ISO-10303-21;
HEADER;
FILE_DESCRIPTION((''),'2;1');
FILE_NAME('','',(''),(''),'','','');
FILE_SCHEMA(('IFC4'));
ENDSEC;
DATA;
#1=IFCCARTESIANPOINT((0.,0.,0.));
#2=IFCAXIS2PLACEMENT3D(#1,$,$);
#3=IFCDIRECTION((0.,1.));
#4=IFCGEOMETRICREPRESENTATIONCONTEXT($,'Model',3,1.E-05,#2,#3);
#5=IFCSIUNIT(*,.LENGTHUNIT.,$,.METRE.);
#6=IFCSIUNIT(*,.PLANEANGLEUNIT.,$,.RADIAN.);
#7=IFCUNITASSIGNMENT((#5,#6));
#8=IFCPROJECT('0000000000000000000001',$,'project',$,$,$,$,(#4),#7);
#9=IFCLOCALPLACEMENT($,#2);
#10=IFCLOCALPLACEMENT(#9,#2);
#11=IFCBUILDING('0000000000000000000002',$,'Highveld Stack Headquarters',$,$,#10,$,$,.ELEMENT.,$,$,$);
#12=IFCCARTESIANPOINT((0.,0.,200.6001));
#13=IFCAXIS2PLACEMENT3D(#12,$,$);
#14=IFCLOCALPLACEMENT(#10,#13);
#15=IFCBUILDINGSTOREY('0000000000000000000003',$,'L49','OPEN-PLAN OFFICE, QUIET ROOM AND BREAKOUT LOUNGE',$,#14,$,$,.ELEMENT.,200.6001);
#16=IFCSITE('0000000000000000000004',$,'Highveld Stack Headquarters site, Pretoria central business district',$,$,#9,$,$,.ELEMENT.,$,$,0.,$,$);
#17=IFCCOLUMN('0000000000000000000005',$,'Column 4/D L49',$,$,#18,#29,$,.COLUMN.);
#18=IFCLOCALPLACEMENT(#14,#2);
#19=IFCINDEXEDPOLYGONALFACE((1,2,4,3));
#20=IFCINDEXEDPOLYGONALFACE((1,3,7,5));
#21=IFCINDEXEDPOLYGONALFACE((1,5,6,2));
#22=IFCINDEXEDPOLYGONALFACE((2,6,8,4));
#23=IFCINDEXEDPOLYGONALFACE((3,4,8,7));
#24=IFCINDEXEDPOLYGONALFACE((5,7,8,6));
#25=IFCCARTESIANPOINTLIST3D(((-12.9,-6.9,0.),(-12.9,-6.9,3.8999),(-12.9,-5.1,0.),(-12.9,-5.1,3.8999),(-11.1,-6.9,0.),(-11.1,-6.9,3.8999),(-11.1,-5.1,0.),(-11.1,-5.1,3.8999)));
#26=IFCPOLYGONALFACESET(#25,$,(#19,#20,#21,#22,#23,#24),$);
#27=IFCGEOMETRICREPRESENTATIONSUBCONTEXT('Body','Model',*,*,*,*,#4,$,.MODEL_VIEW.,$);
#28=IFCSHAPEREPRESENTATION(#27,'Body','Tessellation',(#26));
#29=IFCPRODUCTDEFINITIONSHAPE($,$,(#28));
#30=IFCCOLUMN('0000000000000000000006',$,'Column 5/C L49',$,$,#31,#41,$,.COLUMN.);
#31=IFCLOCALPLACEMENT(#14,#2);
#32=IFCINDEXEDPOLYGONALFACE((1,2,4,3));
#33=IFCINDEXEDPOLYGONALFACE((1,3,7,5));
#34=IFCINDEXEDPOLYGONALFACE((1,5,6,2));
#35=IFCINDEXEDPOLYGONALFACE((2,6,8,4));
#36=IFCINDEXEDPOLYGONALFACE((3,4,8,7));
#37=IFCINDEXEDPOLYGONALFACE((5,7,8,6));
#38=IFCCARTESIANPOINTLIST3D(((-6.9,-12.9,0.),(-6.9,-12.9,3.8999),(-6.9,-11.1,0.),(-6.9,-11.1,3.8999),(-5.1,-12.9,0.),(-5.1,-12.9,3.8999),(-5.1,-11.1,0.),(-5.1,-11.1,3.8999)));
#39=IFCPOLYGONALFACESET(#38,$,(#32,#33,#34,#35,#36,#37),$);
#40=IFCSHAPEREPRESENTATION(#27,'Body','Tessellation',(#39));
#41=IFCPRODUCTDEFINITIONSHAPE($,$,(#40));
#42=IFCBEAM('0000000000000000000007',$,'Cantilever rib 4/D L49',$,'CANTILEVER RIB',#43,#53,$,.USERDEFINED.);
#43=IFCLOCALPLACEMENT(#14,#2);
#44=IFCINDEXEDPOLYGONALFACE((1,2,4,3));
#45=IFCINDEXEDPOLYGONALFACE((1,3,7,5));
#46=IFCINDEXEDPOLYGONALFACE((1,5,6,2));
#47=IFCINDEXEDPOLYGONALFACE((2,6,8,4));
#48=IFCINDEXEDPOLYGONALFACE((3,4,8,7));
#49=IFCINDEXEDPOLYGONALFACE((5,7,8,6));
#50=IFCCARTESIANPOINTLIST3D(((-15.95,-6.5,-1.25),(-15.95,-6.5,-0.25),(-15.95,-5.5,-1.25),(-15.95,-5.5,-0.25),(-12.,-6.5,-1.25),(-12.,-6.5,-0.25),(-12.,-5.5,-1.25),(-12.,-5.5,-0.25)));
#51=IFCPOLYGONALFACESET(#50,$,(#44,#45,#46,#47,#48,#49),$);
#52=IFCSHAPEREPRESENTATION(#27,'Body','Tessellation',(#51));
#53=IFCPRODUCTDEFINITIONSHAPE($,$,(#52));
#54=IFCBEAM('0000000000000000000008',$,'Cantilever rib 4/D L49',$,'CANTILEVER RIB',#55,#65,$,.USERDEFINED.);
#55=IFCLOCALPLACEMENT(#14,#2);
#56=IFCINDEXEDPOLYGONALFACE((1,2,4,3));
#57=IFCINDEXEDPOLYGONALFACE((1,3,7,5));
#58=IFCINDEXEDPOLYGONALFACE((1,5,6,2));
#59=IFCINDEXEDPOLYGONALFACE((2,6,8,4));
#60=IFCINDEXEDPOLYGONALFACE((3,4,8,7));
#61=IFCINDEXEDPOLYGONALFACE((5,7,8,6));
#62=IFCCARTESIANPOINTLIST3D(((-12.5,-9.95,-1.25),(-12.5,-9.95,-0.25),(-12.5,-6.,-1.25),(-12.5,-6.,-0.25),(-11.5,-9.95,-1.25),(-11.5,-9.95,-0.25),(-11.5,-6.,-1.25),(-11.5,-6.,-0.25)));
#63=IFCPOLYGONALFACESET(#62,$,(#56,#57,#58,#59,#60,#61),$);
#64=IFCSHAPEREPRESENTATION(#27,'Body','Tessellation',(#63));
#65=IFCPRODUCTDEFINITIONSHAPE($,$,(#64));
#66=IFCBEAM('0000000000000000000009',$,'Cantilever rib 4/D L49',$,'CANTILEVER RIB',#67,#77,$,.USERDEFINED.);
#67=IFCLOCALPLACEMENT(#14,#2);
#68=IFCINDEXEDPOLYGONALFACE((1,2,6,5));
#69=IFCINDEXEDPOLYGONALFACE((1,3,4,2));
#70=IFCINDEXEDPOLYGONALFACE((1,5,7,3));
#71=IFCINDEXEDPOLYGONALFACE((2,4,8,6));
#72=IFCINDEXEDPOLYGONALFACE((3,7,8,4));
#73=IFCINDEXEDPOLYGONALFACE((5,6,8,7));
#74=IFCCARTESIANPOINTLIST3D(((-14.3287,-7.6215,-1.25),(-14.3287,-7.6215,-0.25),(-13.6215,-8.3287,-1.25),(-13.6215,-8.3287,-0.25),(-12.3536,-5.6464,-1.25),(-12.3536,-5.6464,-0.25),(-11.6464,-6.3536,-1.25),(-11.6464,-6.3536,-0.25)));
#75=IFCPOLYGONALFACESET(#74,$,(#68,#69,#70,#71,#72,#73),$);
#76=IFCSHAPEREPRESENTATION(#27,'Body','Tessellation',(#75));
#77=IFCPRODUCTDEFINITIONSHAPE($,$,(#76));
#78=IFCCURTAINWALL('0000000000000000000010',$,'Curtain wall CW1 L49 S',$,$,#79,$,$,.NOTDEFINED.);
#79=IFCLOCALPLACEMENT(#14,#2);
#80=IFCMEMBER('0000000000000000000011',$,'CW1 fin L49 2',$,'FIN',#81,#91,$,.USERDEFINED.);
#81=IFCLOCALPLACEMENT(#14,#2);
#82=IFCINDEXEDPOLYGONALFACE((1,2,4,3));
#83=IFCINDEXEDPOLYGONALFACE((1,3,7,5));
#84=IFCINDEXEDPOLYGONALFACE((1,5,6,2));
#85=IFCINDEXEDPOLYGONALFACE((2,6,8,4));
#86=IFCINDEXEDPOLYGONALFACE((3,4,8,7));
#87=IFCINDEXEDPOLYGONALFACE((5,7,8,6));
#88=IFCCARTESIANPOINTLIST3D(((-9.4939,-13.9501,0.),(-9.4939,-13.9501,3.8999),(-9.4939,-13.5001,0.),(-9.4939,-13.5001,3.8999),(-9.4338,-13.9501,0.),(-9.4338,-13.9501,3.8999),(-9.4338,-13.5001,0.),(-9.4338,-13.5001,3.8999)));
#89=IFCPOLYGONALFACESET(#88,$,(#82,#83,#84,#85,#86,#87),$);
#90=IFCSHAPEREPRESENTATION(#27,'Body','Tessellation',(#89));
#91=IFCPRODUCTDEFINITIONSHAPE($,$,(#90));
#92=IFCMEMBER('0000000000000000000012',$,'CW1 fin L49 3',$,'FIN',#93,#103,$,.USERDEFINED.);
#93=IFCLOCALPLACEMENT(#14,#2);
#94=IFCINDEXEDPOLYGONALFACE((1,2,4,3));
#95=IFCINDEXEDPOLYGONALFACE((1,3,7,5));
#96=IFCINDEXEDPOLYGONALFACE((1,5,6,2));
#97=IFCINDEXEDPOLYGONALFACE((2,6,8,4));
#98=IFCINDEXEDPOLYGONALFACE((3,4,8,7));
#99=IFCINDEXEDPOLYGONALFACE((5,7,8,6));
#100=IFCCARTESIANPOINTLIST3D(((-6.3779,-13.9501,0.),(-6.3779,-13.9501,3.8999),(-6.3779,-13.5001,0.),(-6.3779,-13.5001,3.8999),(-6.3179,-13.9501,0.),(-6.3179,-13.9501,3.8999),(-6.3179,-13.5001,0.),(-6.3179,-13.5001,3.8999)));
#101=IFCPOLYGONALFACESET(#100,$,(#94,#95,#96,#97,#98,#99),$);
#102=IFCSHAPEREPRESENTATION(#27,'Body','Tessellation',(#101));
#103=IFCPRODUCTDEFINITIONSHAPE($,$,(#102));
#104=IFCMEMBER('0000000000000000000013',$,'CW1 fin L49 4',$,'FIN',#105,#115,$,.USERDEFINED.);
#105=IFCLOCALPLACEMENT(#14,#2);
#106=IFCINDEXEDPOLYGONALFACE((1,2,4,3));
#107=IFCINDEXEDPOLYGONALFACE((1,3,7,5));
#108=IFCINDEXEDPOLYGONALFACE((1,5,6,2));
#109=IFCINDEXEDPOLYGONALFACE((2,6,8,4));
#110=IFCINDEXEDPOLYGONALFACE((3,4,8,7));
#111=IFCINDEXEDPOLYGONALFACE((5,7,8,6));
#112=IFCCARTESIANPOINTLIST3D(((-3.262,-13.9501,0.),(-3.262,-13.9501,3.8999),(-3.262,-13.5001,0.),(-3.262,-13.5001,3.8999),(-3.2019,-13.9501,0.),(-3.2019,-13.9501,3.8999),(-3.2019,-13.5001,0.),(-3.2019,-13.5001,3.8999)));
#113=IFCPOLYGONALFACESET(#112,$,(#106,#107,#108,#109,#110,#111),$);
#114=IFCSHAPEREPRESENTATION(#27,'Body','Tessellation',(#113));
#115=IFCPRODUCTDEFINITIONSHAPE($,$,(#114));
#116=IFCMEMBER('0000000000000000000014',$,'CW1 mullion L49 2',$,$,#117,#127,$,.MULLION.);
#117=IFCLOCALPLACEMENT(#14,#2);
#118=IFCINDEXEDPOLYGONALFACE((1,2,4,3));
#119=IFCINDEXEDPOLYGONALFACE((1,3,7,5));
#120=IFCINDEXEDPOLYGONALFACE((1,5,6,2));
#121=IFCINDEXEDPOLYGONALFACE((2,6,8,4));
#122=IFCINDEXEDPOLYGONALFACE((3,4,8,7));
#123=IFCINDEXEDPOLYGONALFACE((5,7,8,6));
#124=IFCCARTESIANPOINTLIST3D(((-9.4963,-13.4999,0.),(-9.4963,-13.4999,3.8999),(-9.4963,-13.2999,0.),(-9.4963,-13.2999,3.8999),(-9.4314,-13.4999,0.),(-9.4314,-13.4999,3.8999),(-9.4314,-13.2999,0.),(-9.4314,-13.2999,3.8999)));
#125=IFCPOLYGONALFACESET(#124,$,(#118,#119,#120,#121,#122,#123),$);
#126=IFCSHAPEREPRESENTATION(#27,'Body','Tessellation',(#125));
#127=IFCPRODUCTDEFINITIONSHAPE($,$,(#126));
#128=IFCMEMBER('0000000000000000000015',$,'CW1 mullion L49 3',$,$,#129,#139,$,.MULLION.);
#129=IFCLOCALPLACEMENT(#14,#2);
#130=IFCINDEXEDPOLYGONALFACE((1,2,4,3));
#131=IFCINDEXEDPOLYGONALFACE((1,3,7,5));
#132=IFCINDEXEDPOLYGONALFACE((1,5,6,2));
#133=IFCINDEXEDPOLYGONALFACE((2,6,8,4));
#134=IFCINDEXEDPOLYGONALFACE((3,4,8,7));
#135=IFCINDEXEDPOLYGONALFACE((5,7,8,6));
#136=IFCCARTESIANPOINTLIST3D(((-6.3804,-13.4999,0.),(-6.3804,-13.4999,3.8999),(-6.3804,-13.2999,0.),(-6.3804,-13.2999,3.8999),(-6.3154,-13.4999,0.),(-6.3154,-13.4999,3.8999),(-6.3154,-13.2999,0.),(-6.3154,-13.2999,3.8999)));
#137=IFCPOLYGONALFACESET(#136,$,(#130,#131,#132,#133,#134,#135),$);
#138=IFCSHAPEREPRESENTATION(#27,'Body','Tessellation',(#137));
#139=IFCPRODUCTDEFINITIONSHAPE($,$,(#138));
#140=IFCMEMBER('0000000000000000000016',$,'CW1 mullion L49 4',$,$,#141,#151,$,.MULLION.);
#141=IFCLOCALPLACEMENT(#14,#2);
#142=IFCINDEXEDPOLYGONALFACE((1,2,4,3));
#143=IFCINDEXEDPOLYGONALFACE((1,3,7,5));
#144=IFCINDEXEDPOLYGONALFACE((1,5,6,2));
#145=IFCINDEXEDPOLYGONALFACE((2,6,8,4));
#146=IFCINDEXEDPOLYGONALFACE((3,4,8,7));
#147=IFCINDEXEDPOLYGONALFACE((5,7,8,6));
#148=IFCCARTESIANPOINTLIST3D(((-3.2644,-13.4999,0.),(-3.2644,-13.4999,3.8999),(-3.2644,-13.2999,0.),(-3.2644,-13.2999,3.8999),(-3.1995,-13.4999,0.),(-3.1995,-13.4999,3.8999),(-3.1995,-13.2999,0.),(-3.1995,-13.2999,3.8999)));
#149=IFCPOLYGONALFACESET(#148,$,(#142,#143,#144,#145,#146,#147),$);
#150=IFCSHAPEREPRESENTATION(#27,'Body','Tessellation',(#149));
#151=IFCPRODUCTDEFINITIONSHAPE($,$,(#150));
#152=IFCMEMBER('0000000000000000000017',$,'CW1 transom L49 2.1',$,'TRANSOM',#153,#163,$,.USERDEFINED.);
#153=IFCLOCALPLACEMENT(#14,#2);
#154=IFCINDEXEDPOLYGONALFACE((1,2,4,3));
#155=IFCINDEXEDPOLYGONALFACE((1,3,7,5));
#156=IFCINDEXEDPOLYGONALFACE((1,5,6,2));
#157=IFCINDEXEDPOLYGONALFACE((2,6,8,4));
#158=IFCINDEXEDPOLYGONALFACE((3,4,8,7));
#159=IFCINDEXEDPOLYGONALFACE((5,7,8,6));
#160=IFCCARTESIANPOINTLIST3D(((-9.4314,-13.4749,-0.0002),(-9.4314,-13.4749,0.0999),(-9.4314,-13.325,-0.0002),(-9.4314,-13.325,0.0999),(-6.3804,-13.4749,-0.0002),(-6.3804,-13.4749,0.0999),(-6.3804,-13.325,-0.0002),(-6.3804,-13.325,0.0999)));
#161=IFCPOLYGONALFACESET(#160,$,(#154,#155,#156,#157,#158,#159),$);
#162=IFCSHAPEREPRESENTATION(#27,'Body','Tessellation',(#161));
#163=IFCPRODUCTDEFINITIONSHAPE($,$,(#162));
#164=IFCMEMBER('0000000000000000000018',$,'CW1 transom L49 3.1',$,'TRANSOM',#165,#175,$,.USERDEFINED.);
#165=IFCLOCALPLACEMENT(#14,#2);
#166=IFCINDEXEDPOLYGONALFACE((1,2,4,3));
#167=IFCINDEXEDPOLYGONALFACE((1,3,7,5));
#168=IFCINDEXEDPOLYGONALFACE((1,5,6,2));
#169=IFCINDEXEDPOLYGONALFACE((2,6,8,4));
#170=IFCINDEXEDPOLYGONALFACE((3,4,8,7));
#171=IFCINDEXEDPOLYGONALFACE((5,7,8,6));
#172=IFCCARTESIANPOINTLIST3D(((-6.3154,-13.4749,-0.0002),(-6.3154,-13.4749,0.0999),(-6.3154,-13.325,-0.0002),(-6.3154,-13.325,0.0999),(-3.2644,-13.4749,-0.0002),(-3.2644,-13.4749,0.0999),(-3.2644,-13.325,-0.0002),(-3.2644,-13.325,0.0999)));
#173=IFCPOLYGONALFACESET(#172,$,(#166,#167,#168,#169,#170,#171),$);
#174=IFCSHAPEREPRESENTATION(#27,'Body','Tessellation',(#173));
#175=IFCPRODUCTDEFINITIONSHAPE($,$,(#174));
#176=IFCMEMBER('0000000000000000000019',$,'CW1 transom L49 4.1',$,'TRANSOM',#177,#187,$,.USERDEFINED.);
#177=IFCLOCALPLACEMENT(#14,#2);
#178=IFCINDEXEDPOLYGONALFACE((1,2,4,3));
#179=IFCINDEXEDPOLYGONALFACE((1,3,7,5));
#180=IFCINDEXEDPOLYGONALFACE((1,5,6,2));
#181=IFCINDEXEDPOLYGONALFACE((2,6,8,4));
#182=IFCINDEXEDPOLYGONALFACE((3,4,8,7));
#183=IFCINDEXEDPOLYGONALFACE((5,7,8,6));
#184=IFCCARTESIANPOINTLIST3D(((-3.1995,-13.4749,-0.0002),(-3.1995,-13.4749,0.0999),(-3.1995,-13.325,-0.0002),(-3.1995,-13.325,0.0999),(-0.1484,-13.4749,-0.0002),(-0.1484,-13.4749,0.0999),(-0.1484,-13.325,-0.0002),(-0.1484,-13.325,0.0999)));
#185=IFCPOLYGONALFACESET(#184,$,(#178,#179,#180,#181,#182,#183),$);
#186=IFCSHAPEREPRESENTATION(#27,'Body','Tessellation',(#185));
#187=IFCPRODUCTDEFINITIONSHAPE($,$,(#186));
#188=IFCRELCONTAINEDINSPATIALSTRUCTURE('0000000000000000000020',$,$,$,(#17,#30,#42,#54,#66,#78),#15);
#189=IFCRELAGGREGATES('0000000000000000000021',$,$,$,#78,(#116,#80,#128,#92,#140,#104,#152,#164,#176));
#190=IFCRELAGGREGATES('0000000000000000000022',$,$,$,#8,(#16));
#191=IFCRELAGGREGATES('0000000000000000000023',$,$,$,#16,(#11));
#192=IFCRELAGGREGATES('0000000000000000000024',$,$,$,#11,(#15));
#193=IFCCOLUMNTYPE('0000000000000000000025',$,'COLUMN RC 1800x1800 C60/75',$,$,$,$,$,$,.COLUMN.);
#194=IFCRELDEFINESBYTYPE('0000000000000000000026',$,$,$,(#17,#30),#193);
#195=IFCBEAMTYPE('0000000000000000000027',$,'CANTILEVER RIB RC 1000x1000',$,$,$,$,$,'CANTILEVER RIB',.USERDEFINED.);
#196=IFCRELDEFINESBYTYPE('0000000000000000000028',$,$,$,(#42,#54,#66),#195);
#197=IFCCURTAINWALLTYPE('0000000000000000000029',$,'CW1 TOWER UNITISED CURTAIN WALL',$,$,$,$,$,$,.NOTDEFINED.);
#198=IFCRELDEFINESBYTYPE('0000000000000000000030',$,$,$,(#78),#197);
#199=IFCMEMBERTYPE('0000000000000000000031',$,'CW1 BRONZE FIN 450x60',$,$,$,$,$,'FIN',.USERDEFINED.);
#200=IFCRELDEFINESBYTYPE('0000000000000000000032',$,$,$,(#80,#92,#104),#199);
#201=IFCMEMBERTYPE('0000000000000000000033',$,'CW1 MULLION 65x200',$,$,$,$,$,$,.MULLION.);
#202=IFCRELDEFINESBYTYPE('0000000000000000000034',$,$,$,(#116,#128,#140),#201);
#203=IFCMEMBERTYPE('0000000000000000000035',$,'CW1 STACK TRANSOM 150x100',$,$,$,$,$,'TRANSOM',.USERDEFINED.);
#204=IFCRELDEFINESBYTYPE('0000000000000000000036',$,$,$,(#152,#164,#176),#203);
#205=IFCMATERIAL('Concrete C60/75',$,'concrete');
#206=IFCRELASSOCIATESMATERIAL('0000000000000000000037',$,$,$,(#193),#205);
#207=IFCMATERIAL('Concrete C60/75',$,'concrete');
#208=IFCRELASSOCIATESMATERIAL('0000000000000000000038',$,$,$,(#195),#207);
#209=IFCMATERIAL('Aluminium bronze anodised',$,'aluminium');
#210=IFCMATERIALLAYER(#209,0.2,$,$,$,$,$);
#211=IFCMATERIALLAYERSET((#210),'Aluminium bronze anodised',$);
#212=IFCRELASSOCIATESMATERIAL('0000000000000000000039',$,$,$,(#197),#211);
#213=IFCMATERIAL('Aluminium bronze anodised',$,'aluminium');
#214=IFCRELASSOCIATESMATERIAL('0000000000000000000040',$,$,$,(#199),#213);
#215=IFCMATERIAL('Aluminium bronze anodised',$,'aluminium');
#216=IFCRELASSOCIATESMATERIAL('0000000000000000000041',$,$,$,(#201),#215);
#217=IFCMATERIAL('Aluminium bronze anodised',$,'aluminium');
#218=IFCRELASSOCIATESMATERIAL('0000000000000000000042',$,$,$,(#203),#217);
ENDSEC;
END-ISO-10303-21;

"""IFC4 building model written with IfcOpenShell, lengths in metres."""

from ifc_helpers import new_model, si_unit, direction, frame, origin, origin_2d, place, context, subcontext, project, spatial, rectangle, extrude, material, layer, layer_set, material_profile, profile_set, type_object, element, aggregate, save


model = new_model("IFC4")

# Units and contexts
model_context = context("Model", 3, precision=1e-05, world=origin(), true_north=direction((0.0, 1.0)))
body_context = subcontext(model_context, "Body", "Model", "MODEL_VIEW")
ifc_project = project(units=[si_unit("LENGTHUNIT", "METRE"), si_unit("PLANEANGLEUNIT", "RADIAN")], contexts=[model_context])

# Site, building, storey
site_placement = place(None, origin())
site = spatial("IfcSite", under=ifc_project, at=site_placement, Name="Highveld Stack Headquarters site, Pretoria central business district", CompositionType="ELEMENT", RefElevation=0.0)
building_placement = place(site_placement, origin())
building = spatial("IfcBuilding", under=site, at=building_placement, Name="Highveld Stack Headquarters", CompositionType="ELEMENT")
storey_placement = place(building_placement, frame((0.0, 0.0, 200.6001)))
storey = spatial("IfcBuildingStorey", under=building, at=storey_placement, Name="L49", Description="OPEN-PLAN OFFICE, QUIET ROOM AND BREAKOUT LOUNGE", CompositionType="ELEMENT", Elevation=200.6001)

# Columns
ifc_material_1 = material(Name="Concrete C60/75", Category="concrete")
ifc_material_profile_1 = material_profile(ifc_material_1, rectangle(XDim=1.8, YDim=1.8, at=origin_2d()), Name="RC 1800x1800")
ifc_profile_set_1 = profile_set([ifc_material_profile_1], Name="Concrete C60/75")
column_type = type_object("IfcColumnType", Name="COLUMN RC 1800x1800 C60/75", PredefinedType="COLUMN", material=ifc_profile_set_1)
for number, where, z_axis, x_axis, name in (
    (1, (-12.0, -6.0, 0.0), (0.0, 0.0, 1.0), (1.0, 0.0, 0.0), "Column 4/D L49"),
    (2, (-6.0, -12.0, 0.0), (0.0, 0.0, 1.0), (1.0, 0.0, 0.0), "Column 5/C L49"),
):
    element("IfcColumn", number, at=place(storey_placement, frame(where, z_axis=z_axis, x_axis=x_axis)), inside=storey, type_object=column_type, Name=name, PredefinedType="COLUMN", context=body_context, shape_type="SweptSolid", body=[
        extrude(rectangle(XDim=1.8, YDim=1.8, at=origin_2d()), origin(), (0.0, 0.0, 1.0), 3.8999),
    ])

# Beams
ifc_material_2 = material(Name="Concrete C60/75", Category="concrete")
ifc_material_profile_2 = material_profile(ifc_material_2, rectangle(XDim=1.0, YDim=1.0, at=origin_2d()), Name="RC 1000x1000")
ifc_profile_set_2 = profile_set([ifc_material_profile_2], Name="Concrete C60/75")
beam_type = type_object("IfcBeamType", Name="CANTILEVER RIB RC 1000x1000", ElementType="CANTILEVER RIB", PredefinedType="USERDEFINED", material=ifc_profile_set_2)
for number, where, z_axis, x_axis, name in (
    (3, (-12.0, -6.0, -0.75), (-1.0, 0.0, 0.0), (0.0, -1.0, 0.0), "Cantilever rib 4/D L49"),
    (4, (-12.0, -6.0, -0.75), (0.0, -1.0, 0.0), (1.0, 0.0, 0.0), "Cantilever rib 4/D L49"),
):
    element("IfcBeam", number, at=place(storey_placement, frame(where, z_axis=z_axis, x_axis=x_axis)), inside=storey, type_object=beam_type, Name=name, ObjectType="CANTILEVER RIB", PredefinedType="USERDEFINED", context=body_context, shape_type="SweptSolid", body=[
        extrude(rectangle(XDim=1.0, YDim=1.0, at=origin_2d()), origin(), (0.0, 0.0, 1.0), 3.95),
    ])
beam_placement = place(storey_placement, frame((-12.0, -6.0, -0.75), z_axis=(-0.707107, -0.707107, 0.0), x_axis=(0.707107, -0.707107, 0.0)))
element("IfcBeam", 5, at=beam_placement, inside=storey, type_object=beam_type, Name="Cantilever rib 4/D L49", ObjectType="CANTILEVER RIB", PredefinedType="USERDEFINED", context=body_context, shape_type="SweptSolid", body=[
    extrude(rectangle(XDim=1.0, YDim=1.0, at=origin_2d()), origin(), (0.0, 0.0, 1.0), 2.7932),
])

# Curtain wall, members
ifc_material_3 = material(Name="Aluminium bronze anodised", Category="aluminium")
ifc_layer_1 = layer(ifc_material_3, 0.2)
ifc_layer_set_1 = layer_set([ifc_layer_1], Name="Aluminium bronze anodised")
curtain_wall_type = type_object("IfcCurtainWallType", Name="CW1 TOWER UNITISED CURTAIN WALL", PredefinedType="NOTDEFINED", material=ifc_layer_set_1)
curtain_wall_placement = place(storey_placement, origin())
curtain_wall = element("IfcCurtainWall", 6, at=curtain_wall_placement, inside=storey, type_object=curtain_wall_type, Name="Curtain wall CW1 L49 S", PredefinedType="NOTDEFINED")
ifc_material_4 = material(Name="Aluminium bronze anodised", Category="aluminium")
ifc_material_profile_3 = material_profile(ifc_material_4, rectangle(XDim=0.45, YDim=0.0601, at=origin_2d()), Name="FIN 450x60")
ifc_profile_set_3 = profile_set([ifc_material_profile_3], Name="Aluminium bronze anodised")
member_type_1 = type_object("IfcMemberType", Name="CW1 BRONZE FIN 450x60", ElementType="FIN", PredefinedType="USERDEFINED", material=ifc_profile_set_3)
member_1_placement = place(storey_placement, frame((-9.4639, -13.7251, 0.0), z_axis=(0.0, 0.0, 1.0), x_axis=(0.0, 1.0, 0.0)))
member_1 = element("IfcMember", 7, at=member_1_placement, type_object=member_type_1, Name="CW1 fin L49 2", ObjectType="FIN", PredefinedType="USERDEFINED", context=body_context, shape_type="SweptSolid", body=[
    extrude(rectangle(XDim=0.45, YDim=0.0601, at=origin_2d()), origin(), (0.0, 0.0, 1.0), 3.8999),
])
member_2_placement = place(storey_placement, frame((-6.3479, -13.7251, 0.0), z_axis=(0.0, 0.0, 1.0), x_axis=(0.0, 1.0, 0.0)))
member_2 = element("IfcMember", 8, at=member_2_placement, type_object=member_type_1, Name="CW1 fin L49 3", ObjectType="FIN", PredefinedType="USERDEFINED", context=body_context, shape_type="SweptSolid", body=[
    extrude(rectangle(XDim=0.45, YDim=0.0601, at=origin_2d()), origin(), (0.0, 0.0, 1.0), 3.8999),
])
member_3_placement = place(storey_placement, frame((-3.2319, -13.7251, 0.0), z_axis=(0.0, 0.0, 1.0), x_axis=(0.0, 1.0, 0.0)))
member_3 = element("IfcMember", 9, at=member_3_placement, type_object=member_type_1, Name="CW1 fin L49 4", ObjectType="FIN", PredefinedType="USERDEFINED", context=body_context, shape_type="SweptSolid", body=[
    extrude(rectangle(XDim=0.45, YDim=0.0601, at=origin_2d()), origin(), (0.0, 0.0, 1.0), 3.8999),
])
ifc_material_5 = material(Name="Aluminium bronze anodised", Category="aluminium")
ifc_material_profile_4 = material_profile(ifc_material_5, rectangle(XDim=0.2, YDim=0.0649, at=origin_2d()), Name="CW1 MULLION 65x200")
ifc_profile_set_4 = profile_set([ifc_material_profile_4], Name="Aluminium bronze anodised")
member_type_2 = type_object("IfcMemberType", Name="CW1 MULLION 65x200", PredefinedType="MULLION", material=ifc_profile_set_4)
member_4_placement = place(storey_placement, frame((-9.4639, -13.3999, 0.0), z_axis=(0.0, 0.0, 1.0), x_axis=(0.0, 1.0, 0.0)))
member_4 = element("IfcMember", 10, at=member_4_placement, type_object=member_type_2, Name="CW1 mullion L49 2", PredefinedType="MULLION", context=body_context, shape_type="SweptSolid", body=[
    extrude(rectangle(XDim=0.2, YDim=0.0649, at=origin_2d()), origin(), (0.0, 0.0, 1.0), 3.8999),
])
member_5_placement = place(storey_placement, frame((-6.3479, -13.3999, 0.0), z_axis=(0.0, 0.0, 1.0), x_axis=(0.0, 1.0, 0.0)))
member_5 = element("IfcMember", 11, at=member_5_placement, type_object=member_type_2, Name="CW1 mullion L49 3", PredefinedType="MULLION", context=body_context, shape_type="SweptSolid", body=[
    extrude(rectangle(XDim=0.2, YDim=0.0649, at=origin_2d()), origin(), (0.0, 0.0, 1.0), 3.8999),
])
member_6_placement = place(storey_placement, frame((-3.2319, -13.3999, 0.0), z_axis=(0.0, 0.0, 1.0), x_axis=(0.0, 1.0, 0.0)))
member_6 = element("IfcMember", 12, at=member_6_placement, type_object=member_type_2, Name="CW1 mullion L49 4", PredefinedType="MULLION", context=body_context, shape_type="SweptSolid", body=[
    extrude(rectangle(XDim=0.2, YDim=0.0649, at=origin_2d()), origin(), (0.0, 0.0, 1.0), 3.8999),
])
ifc_material_6 = material(Name="Aluminium bronze anodised", Category="aluminium")
ifc_material_profile_5 = material_profile(ifc_material_6, rectangle(XDim=0.1499, YDim=0.1001, at=origin_2d()), Name="CW1 TRANSOM 150x100")
ifc_profile_set_5 = profile_set([ifc_material_profile_5], Name="Aluminium bronze anodised")
member_type_3 = type_object("IfcMemberType", Name="CW1 STACK TRANSOM 150x100", ElementType="TRANSOM", PredefinedType="USERDEFINED", material=ifc_profile_set_5)
member_7_placement = place(storey_placement, frame((-9.4314, -13.3999, 0.0498), z_axis=(1.0, 0.0, 0.0), x_axis=(0.0, 1.0, 0.0)))
member_7 = element("IfcMember", 13, at=member_7_placement, type_object=member_type_3, Name="CW1 transom L49 2.1", ObjectType="TRANSOM", PredefinedType="USERDEFINED", context=body_context, shape_type="SweptSolid", body=[
    extrude(rectangle(XDim=0.1499, YDim=0.1001, at=origin_2d()), origin(), (0.0, 0.0, 1.0), 3.051),
])
member_8_placement = place(storey_placement, frame((-6.3154, -13.3999, 0.0498), z_axis=(1.0, 0.0, 0.0), x_axis=(0.0, 1.0, 0.0)))
member_8 = element("IfcMember", 14, at=member_8_placement, type_object=member_type_3, Name="CW1 transom L49 3.1", ObjectType="TRANSOM", PredefinedType="USERDEFINED", context=body_context, shape_type="SweptSolid", body=[
    extrude(rectangle(XDim=0.1499, YDim=0.1001, at=origin_2d()), origin(), (0.0, 0.0, 1.0), 3.051),
])
member_9_placement = place(storey_placement, frame((-3.1995, -13.3999, 0.0498), z_axis=(1.0, 0.0, 0.0), x_axis=(0.0, 1.0, 0.0)))
member_9 = element("IfcMember", 15, at=member_9_placement, type_object=member_type_3, Name="CW1 transom L49 4.1", ObjectType="TRANSOM", PredefinedType="USERDEFINED", context=body_context, shape_type="SweptSolid", body=[
    extrude(rectangle(XDim=0.1499, YDim=0.1001, at=origin_2d()), origin(), (0.0, 0.0, 1.0), 3.051),
])
aggregate(curtain_wall, [member_4, member_1, member_5, member_2, member_6, member_3, member_7, member_8, member_9])

save(model, "model.ifc")
